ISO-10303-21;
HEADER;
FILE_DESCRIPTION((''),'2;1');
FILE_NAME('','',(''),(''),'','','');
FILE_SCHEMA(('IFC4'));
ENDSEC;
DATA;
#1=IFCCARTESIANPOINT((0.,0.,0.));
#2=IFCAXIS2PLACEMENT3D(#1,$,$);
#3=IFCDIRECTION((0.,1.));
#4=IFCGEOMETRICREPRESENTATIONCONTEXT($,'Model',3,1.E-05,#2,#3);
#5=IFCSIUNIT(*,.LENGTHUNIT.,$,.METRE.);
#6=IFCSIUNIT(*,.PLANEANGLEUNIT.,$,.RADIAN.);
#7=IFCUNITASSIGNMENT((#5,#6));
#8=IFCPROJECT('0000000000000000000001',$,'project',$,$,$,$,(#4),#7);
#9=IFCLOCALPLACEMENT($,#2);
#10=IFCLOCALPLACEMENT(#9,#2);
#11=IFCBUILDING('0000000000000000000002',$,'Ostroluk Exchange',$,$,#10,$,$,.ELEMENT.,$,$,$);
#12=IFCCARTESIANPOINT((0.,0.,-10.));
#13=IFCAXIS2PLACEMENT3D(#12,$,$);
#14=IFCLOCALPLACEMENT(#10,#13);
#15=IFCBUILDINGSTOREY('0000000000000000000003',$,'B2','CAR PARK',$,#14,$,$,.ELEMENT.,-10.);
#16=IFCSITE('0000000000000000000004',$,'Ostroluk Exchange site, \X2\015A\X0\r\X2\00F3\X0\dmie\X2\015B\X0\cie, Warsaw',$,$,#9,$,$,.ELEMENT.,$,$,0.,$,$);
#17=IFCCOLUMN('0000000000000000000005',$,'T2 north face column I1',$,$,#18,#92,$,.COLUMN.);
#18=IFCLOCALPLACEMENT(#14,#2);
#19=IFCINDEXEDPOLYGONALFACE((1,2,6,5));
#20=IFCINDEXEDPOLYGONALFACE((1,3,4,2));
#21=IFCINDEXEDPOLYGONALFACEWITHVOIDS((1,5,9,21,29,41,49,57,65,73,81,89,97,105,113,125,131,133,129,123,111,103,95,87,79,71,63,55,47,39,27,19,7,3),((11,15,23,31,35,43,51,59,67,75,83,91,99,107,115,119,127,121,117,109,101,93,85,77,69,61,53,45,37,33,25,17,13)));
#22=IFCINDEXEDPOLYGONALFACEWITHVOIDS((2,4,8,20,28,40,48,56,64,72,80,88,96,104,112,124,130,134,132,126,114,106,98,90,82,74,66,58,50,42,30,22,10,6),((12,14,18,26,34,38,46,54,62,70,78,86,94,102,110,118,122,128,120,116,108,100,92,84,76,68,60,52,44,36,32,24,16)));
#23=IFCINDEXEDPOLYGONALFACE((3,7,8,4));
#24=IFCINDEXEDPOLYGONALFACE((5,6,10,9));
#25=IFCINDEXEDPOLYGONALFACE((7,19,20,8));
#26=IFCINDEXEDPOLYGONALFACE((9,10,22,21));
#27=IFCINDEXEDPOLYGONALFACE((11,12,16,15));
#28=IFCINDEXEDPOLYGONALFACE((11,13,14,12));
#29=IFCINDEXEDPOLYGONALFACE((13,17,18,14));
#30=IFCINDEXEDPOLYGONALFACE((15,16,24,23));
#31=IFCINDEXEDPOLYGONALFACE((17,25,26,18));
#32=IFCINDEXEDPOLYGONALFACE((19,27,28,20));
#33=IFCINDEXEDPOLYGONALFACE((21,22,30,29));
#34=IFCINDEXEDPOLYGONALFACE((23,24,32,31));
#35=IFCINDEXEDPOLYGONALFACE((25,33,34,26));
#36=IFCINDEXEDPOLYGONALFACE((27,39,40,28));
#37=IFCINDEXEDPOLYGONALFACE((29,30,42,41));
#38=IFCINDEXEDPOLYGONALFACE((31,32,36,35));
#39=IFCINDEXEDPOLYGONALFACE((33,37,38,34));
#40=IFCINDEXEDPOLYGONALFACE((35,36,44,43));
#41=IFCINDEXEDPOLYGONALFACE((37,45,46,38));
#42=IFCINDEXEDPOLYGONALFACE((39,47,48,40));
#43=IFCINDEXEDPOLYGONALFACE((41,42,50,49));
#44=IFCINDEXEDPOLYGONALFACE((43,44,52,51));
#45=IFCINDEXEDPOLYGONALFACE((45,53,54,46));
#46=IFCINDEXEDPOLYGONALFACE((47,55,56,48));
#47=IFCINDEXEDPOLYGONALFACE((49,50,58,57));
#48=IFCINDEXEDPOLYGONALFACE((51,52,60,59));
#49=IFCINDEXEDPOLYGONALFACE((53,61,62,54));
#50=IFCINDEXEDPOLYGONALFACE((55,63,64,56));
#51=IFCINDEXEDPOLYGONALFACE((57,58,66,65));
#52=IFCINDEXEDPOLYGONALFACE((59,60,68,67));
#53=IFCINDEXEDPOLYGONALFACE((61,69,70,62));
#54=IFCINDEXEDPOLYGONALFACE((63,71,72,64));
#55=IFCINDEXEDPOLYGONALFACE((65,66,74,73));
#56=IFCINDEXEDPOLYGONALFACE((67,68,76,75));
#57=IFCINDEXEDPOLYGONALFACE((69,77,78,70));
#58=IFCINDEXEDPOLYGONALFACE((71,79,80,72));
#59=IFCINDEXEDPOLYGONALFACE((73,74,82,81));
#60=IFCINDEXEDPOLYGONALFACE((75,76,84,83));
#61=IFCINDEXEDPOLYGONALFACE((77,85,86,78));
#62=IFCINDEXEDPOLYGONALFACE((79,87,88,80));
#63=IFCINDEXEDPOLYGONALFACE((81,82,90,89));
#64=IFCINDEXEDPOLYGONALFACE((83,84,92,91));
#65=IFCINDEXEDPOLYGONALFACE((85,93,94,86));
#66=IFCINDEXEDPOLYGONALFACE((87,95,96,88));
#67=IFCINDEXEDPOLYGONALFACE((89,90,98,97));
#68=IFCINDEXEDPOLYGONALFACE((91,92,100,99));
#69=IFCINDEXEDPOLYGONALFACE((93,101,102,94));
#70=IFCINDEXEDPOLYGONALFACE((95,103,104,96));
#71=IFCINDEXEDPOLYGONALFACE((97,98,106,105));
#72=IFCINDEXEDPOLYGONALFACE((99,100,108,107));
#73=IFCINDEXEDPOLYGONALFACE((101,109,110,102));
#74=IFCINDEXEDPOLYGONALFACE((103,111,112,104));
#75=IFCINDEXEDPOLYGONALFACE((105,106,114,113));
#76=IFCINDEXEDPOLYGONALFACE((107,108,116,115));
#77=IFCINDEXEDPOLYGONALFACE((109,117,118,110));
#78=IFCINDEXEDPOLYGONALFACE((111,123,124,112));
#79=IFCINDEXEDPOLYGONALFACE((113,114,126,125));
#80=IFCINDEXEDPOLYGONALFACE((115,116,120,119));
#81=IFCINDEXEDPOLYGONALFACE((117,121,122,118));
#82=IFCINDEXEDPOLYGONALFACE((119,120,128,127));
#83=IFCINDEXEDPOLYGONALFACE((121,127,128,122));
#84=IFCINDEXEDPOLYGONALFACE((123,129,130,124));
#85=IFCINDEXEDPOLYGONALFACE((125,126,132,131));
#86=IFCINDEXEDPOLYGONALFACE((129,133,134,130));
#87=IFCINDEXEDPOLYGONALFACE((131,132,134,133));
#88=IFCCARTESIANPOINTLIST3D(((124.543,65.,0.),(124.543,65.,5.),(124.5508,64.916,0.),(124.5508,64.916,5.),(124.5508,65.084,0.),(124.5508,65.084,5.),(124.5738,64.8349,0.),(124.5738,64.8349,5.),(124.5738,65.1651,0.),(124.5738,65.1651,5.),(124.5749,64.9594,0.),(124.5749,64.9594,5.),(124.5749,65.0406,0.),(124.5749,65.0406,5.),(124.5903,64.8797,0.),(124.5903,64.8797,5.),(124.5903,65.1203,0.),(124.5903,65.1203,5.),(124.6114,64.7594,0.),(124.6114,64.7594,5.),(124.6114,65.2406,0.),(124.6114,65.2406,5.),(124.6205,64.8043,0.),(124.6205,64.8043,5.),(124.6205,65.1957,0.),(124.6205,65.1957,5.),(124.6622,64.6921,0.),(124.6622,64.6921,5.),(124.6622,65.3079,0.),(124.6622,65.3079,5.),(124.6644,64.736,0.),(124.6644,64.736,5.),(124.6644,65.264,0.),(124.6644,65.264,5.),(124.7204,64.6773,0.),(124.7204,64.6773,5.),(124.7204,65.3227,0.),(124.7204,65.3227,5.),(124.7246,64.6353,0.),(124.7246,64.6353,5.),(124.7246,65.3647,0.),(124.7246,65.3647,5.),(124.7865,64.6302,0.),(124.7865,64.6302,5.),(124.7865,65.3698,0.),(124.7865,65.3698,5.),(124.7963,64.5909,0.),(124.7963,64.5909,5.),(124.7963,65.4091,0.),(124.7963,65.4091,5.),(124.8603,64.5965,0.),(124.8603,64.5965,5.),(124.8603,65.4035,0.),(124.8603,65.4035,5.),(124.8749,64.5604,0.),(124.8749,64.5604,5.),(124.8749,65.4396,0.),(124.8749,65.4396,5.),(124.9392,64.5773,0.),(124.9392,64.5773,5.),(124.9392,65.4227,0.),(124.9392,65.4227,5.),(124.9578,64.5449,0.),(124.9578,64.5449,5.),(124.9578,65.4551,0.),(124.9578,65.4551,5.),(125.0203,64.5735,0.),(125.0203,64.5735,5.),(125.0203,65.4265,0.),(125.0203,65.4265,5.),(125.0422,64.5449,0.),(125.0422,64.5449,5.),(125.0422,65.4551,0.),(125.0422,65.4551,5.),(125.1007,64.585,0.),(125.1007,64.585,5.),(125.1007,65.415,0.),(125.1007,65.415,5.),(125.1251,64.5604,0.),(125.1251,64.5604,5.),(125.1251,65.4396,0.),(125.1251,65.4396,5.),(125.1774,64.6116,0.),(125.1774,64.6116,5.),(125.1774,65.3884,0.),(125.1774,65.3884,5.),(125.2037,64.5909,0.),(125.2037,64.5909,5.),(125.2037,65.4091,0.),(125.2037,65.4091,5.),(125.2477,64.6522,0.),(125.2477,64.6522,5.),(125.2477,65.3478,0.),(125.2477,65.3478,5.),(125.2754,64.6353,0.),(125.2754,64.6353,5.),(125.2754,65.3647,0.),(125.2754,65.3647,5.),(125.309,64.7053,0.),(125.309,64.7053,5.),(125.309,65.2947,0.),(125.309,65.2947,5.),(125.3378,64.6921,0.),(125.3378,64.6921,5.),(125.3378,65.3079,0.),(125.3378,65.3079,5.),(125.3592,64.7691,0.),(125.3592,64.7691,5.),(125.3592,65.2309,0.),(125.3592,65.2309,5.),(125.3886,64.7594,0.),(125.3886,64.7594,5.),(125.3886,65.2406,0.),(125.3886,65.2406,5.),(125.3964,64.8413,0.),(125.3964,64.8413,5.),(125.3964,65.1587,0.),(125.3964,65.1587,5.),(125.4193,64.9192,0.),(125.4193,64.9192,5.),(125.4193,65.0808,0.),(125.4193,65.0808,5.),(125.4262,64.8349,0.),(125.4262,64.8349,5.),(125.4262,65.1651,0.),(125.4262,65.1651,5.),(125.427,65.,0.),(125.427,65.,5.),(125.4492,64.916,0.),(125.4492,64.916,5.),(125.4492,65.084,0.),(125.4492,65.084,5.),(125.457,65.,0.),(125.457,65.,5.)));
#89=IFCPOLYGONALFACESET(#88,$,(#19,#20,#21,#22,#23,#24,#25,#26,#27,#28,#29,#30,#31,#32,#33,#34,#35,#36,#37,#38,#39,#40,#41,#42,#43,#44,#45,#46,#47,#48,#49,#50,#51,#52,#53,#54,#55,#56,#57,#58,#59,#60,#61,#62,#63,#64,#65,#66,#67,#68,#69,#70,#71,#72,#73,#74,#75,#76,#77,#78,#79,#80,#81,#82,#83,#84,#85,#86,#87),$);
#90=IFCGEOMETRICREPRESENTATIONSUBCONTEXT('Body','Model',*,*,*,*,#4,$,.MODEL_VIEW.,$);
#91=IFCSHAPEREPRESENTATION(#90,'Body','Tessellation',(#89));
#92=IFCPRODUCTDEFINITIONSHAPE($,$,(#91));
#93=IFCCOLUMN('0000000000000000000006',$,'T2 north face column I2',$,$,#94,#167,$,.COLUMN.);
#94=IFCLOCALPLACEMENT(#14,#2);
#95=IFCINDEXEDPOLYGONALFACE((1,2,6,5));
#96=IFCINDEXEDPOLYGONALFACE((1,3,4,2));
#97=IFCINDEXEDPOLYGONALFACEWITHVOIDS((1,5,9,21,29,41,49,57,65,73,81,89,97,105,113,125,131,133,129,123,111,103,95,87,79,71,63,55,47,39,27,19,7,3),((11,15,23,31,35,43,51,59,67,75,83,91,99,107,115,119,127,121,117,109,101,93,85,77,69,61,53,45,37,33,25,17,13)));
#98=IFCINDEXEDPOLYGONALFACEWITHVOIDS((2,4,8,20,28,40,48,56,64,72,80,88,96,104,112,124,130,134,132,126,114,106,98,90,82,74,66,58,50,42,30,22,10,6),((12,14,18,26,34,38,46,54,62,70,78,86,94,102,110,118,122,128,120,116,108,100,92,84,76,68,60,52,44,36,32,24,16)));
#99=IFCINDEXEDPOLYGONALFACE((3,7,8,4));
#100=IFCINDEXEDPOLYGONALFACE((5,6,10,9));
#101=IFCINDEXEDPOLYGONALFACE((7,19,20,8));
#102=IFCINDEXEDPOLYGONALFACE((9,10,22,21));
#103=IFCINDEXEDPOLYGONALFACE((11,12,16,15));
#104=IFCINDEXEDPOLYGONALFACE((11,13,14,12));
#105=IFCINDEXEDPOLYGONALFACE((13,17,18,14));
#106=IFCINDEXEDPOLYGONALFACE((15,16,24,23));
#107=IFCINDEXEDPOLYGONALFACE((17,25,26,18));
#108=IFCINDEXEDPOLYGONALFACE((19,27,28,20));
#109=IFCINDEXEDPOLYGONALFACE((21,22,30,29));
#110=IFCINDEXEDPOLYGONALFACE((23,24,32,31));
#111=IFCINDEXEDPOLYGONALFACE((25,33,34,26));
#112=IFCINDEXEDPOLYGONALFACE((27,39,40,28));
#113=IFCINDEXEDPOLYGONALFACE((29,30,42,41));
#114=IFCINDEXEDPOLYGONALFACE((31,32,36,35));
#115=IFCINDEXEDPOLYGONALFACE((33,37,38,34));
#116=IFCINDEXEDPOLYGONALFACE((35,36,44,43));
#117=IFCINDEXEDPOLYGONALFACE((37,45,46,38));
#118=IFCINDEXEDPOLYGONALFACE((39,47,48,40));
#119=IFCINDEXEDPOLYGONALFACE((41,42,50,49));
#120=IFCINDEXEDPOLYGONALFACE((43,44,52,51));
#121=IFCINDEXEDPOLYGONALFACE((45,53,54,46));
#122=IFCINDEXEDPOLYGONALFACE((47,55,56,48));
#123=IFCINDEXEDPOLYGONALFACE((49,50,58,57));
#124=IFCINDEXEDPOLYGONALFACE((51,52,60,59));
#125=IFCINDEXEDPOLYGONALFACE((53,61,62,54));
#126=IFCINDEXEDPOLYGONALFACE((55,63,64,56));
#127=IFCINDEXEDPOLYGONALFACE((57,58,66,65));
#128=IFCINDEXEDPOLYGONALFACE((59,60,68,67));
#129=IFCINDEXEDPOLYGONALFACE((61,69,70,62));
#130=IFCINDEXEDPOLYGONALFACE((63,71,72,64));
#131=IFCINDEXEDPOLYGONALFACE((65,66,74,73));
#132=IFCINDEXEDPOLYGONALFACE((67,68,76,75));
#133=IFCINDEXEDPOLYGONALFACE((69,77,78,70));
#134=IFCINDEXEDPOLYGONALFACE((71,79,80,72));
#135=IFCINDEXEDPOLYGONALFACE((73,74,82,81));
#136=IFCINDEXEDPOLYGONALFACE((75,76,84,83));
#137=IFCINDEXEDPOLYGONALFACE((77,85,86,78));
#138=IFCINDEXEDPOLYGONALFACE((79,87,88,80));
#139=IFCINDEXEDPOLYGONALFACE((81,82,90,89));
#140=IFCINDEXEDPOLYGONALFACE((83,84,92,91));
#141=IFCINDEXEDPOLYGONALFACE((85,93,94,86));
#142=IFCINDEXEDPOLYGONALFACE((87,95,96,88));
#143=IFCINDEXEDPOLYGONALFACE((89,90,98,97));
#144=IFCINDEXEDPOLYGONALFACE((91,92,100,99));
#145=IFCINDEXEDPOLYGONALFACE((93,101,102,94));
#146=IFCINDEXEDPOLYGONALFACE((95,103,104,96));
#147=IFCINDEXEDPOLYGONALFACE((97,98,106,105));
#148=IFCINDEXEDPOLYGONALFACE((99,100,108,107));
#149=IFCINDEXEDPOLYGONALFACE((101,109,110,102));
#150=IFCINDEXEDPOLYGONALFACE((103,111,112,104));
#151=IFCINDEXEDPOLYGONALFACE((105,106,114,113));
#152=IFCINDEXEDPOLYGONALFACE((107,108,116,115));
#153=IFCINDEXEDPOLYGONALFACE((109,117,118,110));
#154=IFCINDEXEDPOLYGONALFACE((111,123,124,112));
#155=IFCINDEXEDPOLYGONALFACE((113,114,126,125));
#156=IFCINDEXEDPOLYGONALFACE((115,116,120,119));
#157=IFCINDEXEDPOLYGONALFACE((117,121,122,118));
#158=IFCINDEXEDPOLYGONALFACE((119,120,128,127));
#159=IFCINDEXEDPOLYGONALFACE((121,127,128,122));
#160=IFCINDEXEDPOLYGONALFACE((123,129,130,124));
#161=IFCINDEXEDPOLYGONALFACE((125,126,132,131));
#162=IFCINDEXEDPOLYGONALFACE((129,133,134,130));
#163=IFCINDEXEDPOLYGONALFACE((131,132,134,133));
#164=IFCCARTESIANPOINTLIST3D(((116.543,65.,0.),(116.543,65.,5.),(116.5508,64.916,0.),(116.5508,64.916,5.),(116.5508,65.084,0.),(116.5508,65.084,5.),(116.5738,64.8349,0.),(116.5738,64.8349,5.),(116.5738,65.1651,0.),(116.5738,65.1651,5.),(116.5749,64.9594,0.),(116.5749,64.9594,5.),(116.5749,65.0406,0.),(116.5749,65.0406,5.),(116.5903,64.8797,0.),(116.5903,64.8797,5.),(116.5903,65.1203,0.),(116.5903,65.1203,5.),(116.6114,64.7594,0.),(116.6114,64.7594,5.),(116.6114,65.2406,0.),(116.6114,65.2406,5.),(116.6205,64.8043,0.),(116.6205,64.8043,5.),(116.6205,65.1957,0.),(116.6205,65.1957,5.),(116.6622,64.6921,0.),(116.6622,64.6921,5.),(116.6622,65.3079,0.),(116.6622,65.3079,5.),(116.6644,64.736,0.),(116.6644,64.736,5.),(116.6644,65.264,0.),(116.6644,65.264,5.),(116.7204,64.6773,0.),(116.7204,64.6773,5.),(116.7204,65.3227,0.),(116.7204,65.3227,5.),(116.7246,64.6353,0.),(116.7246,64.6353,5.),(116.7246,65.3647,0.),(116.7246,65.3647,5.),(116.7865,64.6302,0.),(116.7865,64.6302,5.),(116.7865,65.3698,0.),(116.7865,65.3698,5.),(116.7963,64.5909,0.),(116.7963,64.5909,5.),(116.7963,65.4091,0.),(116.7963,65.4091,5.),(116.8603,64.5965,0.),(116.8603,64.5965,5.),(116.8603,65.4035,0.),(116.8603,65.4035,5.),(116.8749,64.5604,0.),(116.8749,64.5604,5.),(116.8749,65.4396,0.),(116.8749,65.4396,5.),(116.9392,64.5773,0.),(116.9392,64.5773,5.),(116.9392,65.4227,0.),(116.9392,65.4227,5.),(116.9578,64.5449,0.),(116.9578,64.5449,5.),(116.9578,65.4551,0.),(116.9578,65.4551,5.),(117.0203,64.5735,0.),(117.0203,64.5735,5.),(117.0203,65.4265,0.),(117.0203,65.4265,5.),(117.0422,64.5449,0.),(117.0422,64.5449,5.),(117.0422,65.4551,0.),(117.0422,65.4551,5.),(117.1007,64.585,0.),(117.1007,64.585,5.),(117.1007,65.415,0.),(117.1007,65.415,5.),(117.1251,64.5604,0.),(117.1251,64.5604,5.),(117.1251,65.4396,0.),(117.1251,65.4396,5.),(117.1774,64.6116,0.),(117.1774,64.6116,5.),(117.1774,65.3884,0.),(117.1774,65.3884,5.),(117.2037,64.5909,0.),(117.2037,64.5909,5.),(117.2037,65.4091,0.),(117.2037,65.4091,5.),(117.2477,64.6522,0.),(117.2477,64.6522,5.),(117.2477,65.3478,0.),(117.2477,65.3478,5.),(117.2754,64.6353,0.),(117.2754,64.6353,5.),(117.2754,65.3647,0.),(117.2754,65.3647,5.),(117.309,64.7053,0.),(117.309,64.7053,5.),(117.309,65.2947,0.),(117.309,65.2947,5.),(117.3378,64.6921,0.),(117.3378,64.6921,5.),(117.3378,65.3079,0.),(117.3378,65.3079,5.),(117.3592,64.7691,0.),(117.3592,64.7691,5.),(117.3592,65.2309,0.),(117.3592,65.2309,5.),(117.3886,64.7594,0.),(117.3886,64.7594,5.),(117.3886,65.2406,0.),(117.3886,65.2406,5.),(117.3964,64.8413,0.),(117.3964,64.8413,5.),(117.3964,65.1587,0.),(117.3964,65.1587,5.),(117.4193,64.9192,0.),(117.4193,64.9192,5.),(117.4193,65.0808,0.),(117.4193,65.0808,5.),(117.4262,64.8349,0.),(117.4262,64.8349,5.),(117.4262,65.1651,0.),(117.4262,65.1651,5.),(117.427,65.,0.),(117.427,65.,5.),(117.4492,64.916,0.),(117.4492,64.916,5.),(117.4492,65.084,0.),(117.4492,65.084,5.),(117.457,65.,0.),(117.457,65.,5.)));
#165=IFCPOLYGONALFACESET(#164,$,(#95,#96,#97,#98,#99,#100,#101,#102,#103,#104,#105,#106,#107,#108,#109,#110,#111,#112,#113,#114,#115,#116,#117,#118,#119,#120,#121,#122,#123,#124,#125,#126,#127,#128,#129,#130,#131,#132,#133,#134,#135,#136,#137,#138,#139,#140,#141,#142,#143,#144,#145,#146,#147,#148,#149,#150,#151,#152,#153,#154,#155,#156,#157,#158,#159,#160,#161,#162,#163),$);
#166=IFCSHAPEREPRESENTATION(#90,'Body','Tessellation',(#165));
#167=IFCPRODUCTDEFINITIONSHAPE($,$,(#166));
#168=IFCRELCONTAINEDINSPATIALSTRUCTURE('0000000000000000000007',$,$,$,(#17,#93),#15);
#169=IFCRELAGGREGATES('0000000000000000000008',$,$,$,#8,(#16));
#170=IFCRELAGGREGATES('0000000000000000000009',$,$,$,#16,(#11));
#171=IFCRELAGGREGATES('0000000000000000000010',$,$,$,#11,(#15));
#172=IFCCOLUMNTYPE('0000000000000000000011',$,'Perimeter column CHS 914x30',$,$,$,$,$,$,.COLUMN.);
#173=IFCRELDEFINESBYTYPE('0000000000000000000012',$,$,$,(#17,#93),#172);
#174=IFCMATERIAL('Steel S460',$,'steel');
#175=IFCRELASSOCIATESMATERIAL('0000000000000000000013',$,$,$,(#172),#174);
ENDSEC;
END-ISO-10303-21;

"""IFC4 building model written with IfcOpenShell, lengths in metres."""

from ifc_helpers import new_model, si_unit, direction, frame, origin, origin_2d, place, context, subcontext, project, spatial, hollow_circle, extrude, material, material_profile, profile_set, type_object, element, save


model = new_model("IFC4")

# Units and contexts
model_context = context("Model", 3, precision=1e-05, world=origin(), true_north=direction((0.0, 1.0)))
body_context = subcontext(model_context, "Body", "Model", "MODEL_VIEW")
ifc_project = project(units=[si_unit("LENGTHUNIT", "METRE"), si_unit("PLANEANGLEUNIT", "RADIAN")], contexts=[model_context])

# Site, building, storey
site_placement = place(None, origin())
site = spatial("IfcSite", under=ifc_project, at=site_placement, Name="Ostroluk Exchange site, Śródmieście, Warsaw", CompositionType="ELEMENT", RefElevation=0.0)
building_placement = place(site_placement, origin())
building = spatial("IfcBuilding", under=site, at=building_placement, Name="Ostroluk Exchange", CompositionType="ELEMENT")
storey_placement = place(building_placement, frame((0.0, 0.0, -10.0)))
storey = spatial("IfcBuildingStorey", under=building, at=storey_placement, Name="B2", Description="CAR PARK", CompositionType="ELEMENT", Elevation=-10.0)

# Columns
ifc_material_1 = material(Name="Steel S460", Category="steel")
ifc_material_profile = material_profile(ifc_material_1, hollow_circle(Radius=0.457, WallThickness=0.03, at=origin_2d()), Name="CHS 914x30")
ifc_profile_set = profile_set([ifc_material_profile], Name="Steel S460")
column_type = type_object("IfcColumnType", Name="Perimeter column CHS 914x30", PredefinedType="COLUMN", material=ifc_profile_set)
for number, where, z_axis, x_axis, name in (
    (1, (125.0, 65.0, 0.0), (0.0, 0.0, 1.0), (1.0, 0.0, 0.0), "T2 north face column I1"),
    (2, (117.0, 65.0, 0.0), (0.0, 0.0, 1.0), (1.0, 0.0, 0.0), "T2 north face column I2"),
):
    element("IfcColumn", number, at=place(storey_placement, frame(where, z_axis=z_axis, x_axis=x_axis)), inside=storey, type_object=column_type, Name=name, PredefinedType="COLUMN", context=body_context, shape_type="SweptSolid", body=[
        extrude(hollow_circle(Radius=0.457, WallThickness=0.03, at=origin_2d()), origin(), (0.0, 0.0, 1.0), 5.0),
    ])

save(model, "model.ifc")
